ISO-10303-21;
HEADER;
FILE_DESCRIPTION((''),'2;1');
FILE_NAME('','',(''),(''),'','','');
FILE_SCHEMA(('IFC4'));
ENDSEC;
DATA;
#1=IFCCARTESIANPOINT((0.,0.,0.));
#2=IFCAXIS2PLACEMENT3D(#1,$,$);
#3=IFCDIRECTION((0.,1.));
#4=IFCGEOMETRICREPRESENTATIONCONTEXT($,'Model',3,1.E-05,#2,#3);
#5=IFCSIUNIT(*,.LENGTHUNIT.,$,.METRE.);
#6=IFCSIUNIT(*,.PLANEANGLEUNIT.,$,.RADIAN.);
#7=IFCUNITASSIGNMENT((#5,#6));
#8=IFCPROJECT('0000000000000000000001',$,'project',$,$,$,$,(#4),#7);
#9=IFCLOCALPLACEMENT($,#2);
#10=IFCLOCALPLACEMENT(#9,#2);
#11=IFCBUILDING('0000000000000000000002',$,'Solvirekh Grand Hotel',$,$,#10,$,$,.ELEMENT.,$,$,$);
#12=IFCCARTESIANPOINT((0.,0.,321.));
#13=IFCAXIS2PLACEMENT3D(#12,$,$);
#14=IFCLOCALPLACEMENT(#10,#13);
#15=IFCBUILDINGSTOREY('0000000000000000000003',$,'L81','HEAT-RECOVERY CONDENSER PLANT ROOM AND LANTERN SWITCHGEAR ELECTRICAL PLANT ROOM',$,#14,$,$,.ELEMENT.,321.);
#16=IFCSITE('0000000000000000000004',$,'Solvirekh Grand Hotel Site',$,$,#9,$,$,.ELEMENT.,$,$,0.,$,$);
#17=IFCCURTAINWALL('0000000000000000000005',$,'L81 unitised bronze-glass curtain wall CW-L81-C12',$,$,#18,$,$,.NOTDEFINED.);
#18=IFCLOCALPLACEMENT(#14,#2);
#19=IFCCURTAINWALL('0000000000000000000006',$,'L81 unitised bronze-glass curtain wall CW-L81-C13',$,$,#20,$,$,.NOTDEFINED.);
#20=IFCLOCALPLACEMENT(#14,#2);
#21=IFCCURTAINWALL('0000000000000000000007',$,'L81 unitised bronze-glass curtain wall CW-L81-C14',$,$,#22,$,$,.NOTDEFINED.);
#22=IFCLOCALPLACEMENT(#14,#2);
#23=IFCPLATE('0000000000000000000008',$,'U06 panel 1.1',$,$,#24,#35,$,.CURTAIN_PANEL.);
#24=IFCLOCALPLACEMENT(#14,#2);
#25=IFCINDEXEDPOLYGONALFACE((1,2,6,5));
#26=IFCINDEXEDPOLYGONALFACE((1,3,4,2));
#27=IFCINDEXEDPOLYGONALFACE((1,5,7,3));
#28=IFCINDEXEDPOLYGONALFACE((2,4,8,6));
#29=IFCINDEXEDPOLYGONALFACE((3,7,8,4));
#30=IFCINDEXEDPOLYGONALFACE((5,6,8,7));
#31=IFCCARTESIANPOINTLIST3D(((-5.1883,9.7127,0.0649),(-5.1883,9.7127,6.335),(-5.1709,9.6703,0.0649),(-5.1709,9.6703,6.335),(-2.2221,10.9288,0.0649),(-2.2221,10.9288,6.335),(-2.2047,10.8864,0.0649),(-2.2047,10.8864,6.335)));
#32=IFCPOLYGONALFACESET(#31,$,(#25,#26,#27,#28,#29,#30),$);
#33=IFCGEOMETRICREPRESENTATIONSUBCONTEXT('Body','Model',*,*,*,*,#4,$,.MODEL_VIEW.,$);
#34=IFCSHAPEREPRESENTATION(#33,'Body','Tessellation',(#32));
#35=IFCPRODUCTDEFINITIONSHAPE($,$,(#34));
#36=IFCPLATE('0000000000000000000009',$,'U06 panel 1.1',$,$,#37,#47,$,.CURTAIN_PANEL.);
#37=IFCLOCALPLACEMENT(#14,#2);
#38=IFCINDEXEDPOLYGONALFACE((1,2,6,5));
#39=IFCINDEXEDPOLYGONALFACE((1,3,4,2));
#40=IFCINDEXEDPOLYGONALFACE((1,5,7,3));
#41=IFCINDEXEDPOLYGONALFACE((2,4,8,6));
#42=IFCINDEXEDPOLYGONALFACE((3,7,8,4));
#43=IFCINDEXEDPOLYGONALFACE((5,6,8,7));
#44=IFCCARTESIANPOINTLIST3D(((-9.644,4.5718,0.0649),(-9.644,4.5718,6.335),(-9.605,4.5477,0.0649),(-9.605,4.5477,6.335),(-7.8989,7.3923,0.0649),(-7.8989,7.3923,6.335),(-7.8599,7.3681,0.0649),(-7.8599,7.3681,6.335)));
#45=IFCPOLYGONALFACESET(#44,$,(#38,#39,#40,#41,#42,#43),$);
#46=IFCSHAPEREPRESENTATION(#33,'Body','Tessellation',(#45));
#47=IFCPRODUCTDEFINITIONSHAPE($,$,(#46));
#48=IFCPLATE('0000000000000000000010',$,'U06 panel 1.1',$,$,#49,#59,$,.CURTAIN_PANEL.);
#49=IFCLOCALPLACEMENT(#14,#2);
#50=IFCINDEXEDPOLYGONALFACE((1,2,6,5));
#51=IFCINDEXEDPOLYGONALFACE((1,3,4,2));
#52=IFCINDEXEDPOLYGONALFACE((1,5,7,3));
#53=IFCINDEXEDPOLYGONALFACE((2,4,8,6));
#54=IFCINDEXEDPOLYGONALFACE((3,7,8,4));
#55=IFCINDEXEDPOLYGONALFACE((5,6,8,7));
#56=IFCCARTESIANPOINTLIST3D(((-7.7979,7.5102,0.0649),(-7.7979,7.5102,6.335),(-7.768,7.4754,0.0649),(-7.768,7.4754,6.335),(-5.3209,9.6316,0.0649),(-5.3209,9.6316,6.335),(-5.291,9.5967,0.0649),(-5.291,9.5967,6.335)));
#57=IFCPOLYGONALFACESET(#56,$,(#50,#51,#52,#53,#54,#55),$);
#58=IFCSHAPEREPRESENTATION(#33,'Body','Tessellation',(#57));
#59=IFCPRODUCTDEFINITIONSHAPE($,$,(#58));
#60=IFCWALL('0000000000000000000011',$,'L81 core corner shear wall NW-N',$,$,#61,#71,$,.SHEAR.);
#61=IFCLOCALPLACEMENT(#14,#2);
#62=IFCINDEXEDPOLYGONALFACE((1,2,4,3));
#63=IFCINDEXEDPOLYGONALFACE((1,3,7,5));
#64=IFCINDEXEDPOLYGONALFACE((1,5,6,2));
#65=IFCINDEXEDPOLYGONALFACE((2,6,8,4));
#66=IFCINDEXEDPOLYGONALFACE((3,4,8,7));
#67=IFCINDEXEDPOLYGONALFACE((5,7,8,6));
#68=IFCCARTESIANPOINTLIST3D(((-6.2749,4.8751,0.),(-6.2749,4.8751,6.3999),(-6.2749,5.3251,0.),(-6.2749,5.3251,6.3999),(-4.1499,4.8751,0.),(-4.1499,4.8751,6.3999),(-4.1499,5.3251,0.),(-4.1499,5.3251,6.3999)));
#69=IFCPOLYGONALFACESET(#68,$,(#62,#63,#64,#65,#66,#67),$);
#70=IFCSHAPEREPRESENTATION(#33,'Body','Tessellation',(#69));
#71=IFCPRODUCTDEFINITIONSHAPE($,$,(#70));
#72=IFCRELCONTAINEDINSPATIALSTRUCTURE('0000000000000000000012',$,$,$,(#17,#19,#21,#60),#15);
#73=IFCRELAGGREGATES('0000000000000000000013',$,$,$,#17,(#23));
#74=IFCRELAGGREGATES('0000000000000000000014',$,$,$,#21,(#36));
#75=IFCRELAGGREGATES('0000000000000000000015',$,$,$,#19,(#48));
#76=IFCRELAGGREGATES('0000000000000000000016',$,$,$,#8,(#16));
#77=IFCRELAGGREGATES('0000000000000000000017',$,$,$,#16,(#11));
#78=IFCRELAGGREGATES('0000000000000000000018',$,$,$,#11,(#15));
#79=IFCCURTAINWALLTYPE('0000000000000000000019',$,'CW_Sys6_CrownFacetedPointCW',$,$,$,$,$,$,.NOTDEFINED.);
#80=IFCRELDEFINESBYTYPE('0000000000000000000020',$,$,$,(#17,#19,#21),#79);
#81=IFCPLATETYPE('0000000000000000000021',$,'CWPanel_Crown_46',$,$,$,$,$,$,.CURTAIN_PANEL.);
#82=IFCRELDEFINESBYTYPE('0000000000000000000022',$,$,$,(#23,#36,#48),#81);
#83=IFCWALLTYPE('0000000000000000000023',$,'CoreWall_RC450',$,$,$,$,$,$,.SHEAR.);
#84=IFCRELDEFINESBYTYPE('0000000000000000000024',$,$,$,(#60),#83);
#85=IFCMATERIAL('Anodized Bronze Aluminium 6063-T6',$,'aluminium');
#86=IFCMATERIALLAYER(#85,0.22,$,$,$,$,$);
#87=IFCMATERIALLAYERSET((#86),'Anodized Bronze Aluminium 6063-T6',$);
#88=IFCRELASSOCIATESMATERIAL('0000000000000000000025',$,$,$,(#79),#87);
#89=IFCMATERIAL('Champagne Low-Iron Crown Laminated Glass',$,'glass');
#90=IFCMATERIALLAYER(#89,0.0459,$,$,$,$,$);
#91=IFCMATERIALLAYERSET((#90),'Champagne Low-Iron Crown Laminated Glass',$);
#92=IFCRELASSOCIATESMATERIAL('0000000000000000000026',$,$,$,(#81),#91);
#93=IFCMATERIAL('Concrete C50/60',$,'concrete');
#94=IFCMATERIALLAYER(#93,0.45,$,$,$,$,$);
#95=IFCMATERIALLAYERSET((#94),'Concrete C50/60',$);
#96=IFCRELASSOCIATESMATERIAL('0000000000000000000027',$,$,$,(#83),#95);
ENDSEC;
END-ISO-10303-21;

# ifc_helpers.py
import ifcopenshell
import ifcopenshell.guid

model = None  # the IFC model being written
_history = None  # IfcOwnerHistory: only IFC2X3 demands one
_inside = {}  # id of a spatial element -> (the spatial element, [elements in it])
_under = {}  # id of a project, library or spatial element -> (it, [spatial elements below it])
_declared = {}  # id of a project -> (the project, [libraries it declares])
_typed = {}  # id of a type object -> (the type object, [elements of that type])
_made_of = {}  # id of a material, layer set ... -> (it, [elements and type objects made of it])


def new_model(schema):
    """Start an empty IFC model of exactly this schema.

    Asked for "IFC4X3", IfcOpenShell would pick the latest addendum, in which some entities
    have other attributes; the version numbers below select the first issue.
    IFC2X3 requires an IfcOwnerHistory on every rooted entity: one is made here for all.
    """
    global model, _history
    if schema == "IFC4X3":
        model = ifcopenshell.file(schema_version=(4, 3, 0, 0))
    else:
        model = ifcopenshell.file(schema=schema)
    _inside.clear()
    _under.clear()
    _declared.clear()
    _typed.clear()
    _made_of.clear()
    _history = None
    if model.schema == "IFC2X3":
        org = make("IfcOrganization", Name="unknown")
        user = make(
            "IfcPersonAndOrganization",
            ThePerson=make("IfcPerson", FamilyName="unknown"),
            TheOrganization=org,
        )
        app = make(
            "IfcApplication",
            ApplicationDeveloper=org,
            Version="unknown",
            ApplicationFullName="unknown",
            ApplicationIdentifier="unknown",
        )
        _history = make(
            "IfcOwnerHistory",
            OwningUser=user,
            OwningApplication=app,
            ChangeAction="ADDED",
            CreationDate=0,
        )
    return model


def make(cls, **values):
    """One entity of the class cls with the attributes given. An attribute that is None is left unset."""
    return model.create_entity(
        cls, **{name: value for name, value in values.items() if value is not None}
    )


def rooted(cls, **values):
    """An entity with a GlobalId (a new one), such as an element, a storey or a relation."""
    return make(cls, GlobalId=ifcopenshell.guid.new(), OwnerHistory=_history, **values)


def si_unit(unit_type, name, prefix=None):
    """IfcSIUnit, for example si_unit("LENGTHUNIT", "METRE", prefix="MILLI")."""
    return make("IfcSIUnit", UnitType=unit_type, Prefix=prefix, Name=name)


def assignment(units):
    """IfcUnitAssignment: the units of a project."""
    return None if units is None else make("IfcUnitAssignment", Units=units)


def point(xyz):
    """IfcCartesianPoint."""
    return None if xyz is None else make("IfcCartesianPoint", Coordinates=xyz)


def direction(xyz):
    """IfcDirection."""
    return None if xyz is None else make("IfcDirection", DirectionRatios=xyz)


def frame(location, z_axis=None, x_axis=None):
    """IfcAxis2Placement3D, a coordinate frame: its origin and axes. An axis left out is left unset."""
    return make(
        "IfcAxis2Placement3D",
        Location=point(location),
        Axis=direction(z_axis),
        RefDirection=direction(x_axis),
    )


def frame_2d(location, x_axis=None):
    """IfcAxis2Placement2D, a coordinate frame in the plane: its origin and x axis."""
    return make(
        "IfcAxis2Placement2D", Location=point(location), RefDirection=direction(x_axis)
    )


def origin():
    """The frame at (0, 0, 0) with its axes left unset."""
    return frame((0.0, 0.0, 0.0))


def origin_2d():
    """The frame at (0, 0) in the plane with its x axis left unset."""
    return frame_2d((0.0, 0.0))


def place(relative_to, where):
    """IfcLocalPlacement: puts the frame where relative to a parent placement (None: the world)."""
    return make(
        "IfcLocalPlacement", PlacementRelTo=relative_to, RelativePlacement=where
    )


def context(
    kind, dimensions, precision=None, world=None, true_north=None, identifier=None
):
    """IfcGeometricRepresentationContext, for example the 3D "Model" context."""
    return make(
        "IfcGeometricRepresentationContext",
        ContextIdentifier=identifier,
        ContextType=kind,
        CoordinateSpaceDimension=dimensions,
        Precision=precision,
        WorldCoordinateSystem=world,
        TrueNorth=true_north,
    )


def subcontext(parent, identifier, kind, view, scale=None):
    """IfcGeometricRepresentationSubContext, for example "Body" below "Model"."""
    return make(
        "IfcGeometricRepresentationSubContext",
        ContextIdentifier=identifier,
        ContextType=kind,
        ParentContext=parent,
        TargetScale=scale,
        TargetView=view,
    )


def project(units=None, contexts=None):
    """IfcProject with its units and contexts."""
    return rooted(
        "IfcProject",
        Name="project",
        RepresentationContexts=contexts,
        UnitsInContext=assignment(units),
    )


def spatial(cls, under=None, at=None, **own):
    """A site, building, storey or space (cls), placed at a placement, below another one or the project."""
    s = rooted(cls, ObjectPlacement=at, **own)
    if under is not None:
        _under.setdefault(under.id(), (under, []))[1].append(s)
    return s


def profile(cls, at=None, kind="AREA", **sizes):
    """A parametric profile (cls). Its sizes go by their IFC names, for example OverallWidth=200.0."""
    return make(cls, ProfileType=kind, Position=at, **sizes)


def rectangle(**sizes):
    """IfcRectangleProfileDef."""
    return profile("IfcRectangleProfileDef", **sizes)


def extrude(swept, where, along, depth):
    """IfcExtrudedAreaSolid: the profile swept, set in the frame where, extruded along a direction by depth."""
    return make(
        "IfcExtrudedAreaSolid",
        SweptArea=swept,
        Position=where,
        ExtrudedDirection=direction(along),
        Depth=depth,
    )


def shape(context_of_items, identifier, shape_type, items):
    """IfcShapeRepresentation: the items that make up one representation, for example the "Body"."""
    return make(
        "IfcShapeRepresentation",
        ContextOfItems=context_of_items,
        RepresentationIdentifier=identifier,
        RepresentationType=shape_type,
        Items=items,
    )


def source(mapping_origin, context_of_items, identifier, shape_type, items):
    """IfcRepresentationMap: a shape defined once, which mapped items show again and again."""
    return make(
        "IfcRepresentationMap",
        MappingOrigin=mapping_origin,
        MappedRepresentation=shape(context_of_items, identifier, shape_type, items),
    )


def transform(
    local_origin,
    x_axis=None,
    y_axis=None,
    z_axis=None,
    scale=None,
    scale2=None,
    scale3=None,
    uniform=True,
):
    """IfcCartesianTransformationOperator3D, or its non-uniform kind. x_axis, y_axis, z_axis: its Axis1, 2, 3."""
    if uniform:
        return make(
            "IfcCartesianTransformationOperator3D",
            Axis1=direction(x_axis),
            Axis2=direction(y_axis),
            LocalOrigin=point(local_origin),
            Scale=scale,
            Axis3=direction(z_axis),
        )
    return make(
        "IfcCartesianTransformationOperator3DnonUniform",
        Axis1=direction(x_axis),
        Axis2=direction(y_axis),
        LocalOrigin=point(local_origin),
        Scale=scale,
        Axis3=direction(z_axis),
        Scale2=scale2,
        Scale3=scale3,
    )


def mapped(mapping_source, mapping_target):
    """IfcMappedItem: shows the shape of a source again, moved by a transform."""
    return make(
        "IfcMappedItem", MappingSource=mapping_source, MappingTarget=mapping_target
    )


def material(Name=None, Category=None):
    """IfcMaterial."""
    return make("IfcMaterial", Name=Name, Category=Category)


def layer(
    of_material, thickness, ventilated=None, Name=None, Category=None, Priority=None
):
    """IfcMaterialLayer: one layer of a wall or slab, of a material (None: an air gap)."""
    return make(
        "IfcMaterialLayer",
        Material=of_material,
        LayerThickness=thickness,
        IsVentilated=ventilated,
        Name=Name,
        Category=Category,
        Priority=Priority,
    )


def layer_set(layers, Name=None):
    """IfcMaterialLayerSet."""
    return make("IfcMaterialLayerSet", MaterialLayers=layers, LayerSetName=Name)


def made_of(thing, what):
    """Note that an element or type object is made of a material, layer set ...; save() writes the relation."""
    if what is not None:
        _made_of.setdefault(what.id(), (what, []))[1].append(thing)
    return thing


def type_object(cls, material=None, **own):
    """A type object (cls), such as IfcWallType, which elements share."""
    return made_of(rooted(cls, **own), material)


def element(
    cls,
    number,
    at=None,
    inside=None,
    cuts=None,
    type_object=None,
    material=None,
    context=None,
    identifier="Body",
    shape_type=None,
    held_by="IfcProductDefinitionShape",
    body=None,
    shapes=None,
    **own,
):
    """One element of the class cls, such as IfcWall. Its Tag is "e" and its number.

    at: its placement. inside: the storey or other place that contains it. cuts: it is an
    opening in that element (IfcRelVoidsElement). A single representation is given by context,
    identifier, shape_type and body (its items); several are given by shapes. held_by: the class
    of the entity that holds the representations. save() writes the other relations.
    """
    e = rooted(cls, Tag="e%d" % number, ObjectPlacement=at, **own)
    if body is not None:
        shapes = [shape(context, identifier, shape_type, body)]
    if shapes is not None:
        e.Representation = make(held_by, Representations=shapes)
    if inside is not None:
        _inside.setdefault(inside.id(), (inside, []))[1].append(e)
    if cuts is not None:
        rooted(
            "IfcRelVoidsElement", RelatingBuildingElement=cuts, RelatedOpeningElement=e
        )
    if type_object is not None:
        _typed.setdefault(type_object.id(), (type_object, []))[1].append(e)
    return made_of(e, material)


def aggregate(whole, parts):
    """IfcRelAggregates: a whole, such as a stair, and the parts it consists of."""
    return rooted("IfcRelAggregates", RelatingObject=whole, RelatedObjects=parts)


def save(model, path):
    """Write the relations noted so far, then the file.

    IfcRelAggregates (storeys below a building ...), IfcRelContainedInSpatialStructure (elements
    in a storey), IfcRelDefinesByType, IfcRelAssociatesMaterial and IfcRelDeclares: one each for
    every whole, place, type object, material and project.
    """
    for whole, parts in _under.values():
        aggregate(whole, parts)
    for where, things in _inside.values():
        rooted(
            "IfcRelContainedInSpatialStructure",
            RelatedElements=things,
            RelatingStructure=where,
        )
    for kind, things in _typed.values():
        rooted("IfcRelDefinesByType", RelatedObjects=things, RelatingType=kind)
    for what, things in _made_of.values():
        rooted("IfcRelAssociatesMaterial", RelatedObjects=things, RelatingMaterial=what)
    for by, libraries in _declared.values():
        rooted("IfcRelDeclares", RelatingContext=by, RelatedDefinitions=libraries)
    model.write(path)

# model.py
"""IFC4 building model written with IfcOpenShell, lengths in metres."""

from ifc_helpers import new_model, si_unit, direction, frame, frame_2d, origin, origin_2d, place, context, subcontext, project, spatial, rectangle, extrude, source, transform, mapped, material, layer, layer_set, type_object, element, aggregate, save


model = new_model("IFC4")

# Units and contexts
model_context = context("Model", 3, precision=1e-05, world=origin(), true_north=direction((0.0, 1.0)))
body_context = subcontext(model_context, "Body", "Model", "MODEL_VIEW")
ifc_project = project(units=[si_unit("LENGTHUNIT", "METRE"), si_unit("PLANEANGLEUNIT", "RADIAN")], contexts=[model_context])

# Site, building, storey
site_placement = place(None, origin())
site = spatial("IfcSite", under=ifc_project, at=site_placement, Name="Solvirekh Grand Hotel Site", CompositionType="ELEMENT", RefElevation=0.0)
building_placement = place(site_placement, origin())
building = spatial("IfcBuilding", under=site, at=building_placement, Name="Solvirekh Grand Hotel", CompositionType="ELEMENT")
storey_placement = place(building_placement, frame((0.0, 0.0, 321.0)))
storey = spatial("IfcBuildingStorey", under=building, at=storey_placement, Name="L81", Description="HEAT-RECOVERY CONDENSER PLANT ROOM AND LANTERN SWITCHGEAR ELECTRICAL PLANT ROOM", CompositionType="ELEMENT", Elevation=321.0)

# Shared definitions
ifc_material_1 = material(Name="Concrete C50/60", Category="concrete")

# Shared definitions
ifc_material_2 = material(Name="Anodized Bronze Aluminium 6063-T6", Category="aluminium")
ifc_layer_1 = layer(ifc_material_2, 0.22)
ifc_layer_set_1 = layer_set([ifc_layer_1], Name="Anodized Bronze Aluminium 6063-T6")
curtain_wall_type = type_object("IfcCurtainWallType", Name="CW_Sys6_CrownFacetedPointCW", PredefinedType="NOTDEFINED", material=ifc_layer_set_1)

# Curtain walls
curtain_wall_1_placement = place(storey_placement, origin())
curtain_wall_1 = element("IfcCurtainWall", 1, at=curtain_wall_1_placement, inside=storey, type_object=curtain_wall_type, Name="L81 unitised bronze-glass curtain wall CW-L81-C12", PredefinedType="NOTDEFINED")
curtain_wall_2_placement = place(storey_placement, origin())
curtain_wall_2 = element("IfcCurtainWall", 2, at=curtain_wall_2_placement, inside=storey, type_object=curtain_wall_type, Name="L81 unitised bronze-glass curtain wall CW-L81-C13", PredefinedType="NOTDEFINED")

# Curtain wall
curtain_wall_3_placement = place(storey_placement, origin())
curtain_wall_3 = element("IfcCurtainWall", 3, at=curtain_wall_3_placement, inside=storey, type_object=curtain_wall_type, Name="L81 unitised bronze-glass curtain wall CW-L81-C14", PredefinedType="NOTDEFINED")

# Plates
ifc_material_3 = material(Name="Champagne Low-Iron Crown Laminated Glass", Category="glass")
ifc_layer_2 = layer(ifc_material_3, 0.0459)
ifc_layer_set_2 = layer_set([ifc_layer_2], Name="Champagne Low-Iron Crown Laminated Glass")
plate_type_1 = type_object("IfcPlateType", Name="CWPanel_Crown_46", PredefinedType="CURTAIN_PANEL", material=ifc_layer_set_2)
shared_shape_1 = source(origin(), body_context, "Body", "SweptSolid", [
    extrude(rectangle(XDim=3.2058, YDim=0.0459, at=origin_2d()), origin(), (0.0, 0.0, 1.0), 6.27),
])
plate_1_placement = place(storey_placement, frame((-3.6965, 10.2996, 0.0649), z_axis=(0.0, 0.0, 1.0), x_axis=(-0.925257, -0.379341, 0.0)))
plate_1 = element("IfcPlate", 4, at=plate_1_placement, type_object=plate_type_1, Name="U06 panel 1.1", PredefinedType="CURTAIN_PANEL", context=body_context, shape_type="MappedRepresentation", body=[
    mapped(shared_shape_1, transform((0.0, 0.0, 0.0), x_axis=(1.0, 0.0, 0.0), y_axis=(0.0, 1.0, 0.0), z_axis=(0.0, 0.0, 1.0), scale=1.0)),
])
aggregate(curtain_wall_1, [plate_1])
shared_shape_2 = source(origin(), body_context, "Body", "SweptSolid", [
    extrude(rectangle(XDim=3.3167, YDim=0.0459, at=origin_2d()), origin(), (0.0, 0.0, 1.0), 6.27),
])
plate_2_placement = place(storey_placement, frame((-8.752, 5.97, 0.0649), z_axis=(0.0, 0.0, 1.0), x_axis=(-0.526156, -0.850388, 0.0)))
plate_2 = element("IfcPlate", 5, at=plate_2_placement, type_object=plate_type_1, Name="U06 panel 1.1", PredefinedType="CURTAIN_PANEL", context=body_context, shape_type="MappedRepresentation", body=[
    mapped(shared_shape_2, transform((0.0, 0.0, 0.0), x_axis=(1.0, 0.0, 0.0), y_axis=(0.0, 1.0, 0.0), z_axis=(0.0, 0.0, 1.0), scale=1.0)),
])
aggregate(curtain_wall_3, [plate_2])
shared_shape_3 = source(origin(), body_context, "Body", "SweptSolid", [
    extrude(rectangle(XDim=3.2612, YDim=0.0459, at=origin_2d()), origin(), (0.0, 0.0, 1.0), 6.27),
])
plate_3_placement = place(storey_placement, frame((-6.5444, 8.5535, 0.0649), z_axis=(0.0, 0.0, 1.0), x_axis=(-0.759526, -0.650477, 0.0)))
plate_3 = element("IfcPlate", 6, at=plate_3_placement, type_object=plate_type_1, Name="U06 panel 1.1", PredefinedType="CURTAIN_PANEL", context=body_context, shape_type="MappedRepresentation", body=[
    mapped(shared_shape_3, transform((0.0, 0.0, 0.0), x_axis=(1.0, 0.0, 0.0), y_axis=(0.0, 1.0, 0.0), z_axis=(0.0, 0.0, 1.0), scale=1.0)),
])
aggregate(curtain_wall_2, [plate_3])

# Wall
ifc_layer_3 = layer(ifc_material_1, 0.45)
ifc_layer_set_3 = layer_set([ifc_layer_3], Name="Concrete C50/60")
wall_type = type_object("IfcWallType", Name="CoreWall_RC450", PredefinedType="SHEAR", material=ifc_layer_set_3)
wall_placement = place(storey_placement, frame((-6.2749, 5.1001, 0.0), z_axis=(0.0, 0.0, 1.0), x_axis=(1.0, 0.0, 0.0)))
element("IfcWall", 7, at=wall_placement, inside=storey, type_object=wall_type, Name="L81 core corner shear wall NW-N", PredefinedType="SHEAR", context=body_context, shape_type="SweptSolid", body=[
    extrude(rectangle(XDim=2.125, YDim=0.45, at=frame_2d((1.0625, 0.0))), origin(), (0.0, 0.0, 1.0), 6.3999),
])

save(model, "model.ifc")
